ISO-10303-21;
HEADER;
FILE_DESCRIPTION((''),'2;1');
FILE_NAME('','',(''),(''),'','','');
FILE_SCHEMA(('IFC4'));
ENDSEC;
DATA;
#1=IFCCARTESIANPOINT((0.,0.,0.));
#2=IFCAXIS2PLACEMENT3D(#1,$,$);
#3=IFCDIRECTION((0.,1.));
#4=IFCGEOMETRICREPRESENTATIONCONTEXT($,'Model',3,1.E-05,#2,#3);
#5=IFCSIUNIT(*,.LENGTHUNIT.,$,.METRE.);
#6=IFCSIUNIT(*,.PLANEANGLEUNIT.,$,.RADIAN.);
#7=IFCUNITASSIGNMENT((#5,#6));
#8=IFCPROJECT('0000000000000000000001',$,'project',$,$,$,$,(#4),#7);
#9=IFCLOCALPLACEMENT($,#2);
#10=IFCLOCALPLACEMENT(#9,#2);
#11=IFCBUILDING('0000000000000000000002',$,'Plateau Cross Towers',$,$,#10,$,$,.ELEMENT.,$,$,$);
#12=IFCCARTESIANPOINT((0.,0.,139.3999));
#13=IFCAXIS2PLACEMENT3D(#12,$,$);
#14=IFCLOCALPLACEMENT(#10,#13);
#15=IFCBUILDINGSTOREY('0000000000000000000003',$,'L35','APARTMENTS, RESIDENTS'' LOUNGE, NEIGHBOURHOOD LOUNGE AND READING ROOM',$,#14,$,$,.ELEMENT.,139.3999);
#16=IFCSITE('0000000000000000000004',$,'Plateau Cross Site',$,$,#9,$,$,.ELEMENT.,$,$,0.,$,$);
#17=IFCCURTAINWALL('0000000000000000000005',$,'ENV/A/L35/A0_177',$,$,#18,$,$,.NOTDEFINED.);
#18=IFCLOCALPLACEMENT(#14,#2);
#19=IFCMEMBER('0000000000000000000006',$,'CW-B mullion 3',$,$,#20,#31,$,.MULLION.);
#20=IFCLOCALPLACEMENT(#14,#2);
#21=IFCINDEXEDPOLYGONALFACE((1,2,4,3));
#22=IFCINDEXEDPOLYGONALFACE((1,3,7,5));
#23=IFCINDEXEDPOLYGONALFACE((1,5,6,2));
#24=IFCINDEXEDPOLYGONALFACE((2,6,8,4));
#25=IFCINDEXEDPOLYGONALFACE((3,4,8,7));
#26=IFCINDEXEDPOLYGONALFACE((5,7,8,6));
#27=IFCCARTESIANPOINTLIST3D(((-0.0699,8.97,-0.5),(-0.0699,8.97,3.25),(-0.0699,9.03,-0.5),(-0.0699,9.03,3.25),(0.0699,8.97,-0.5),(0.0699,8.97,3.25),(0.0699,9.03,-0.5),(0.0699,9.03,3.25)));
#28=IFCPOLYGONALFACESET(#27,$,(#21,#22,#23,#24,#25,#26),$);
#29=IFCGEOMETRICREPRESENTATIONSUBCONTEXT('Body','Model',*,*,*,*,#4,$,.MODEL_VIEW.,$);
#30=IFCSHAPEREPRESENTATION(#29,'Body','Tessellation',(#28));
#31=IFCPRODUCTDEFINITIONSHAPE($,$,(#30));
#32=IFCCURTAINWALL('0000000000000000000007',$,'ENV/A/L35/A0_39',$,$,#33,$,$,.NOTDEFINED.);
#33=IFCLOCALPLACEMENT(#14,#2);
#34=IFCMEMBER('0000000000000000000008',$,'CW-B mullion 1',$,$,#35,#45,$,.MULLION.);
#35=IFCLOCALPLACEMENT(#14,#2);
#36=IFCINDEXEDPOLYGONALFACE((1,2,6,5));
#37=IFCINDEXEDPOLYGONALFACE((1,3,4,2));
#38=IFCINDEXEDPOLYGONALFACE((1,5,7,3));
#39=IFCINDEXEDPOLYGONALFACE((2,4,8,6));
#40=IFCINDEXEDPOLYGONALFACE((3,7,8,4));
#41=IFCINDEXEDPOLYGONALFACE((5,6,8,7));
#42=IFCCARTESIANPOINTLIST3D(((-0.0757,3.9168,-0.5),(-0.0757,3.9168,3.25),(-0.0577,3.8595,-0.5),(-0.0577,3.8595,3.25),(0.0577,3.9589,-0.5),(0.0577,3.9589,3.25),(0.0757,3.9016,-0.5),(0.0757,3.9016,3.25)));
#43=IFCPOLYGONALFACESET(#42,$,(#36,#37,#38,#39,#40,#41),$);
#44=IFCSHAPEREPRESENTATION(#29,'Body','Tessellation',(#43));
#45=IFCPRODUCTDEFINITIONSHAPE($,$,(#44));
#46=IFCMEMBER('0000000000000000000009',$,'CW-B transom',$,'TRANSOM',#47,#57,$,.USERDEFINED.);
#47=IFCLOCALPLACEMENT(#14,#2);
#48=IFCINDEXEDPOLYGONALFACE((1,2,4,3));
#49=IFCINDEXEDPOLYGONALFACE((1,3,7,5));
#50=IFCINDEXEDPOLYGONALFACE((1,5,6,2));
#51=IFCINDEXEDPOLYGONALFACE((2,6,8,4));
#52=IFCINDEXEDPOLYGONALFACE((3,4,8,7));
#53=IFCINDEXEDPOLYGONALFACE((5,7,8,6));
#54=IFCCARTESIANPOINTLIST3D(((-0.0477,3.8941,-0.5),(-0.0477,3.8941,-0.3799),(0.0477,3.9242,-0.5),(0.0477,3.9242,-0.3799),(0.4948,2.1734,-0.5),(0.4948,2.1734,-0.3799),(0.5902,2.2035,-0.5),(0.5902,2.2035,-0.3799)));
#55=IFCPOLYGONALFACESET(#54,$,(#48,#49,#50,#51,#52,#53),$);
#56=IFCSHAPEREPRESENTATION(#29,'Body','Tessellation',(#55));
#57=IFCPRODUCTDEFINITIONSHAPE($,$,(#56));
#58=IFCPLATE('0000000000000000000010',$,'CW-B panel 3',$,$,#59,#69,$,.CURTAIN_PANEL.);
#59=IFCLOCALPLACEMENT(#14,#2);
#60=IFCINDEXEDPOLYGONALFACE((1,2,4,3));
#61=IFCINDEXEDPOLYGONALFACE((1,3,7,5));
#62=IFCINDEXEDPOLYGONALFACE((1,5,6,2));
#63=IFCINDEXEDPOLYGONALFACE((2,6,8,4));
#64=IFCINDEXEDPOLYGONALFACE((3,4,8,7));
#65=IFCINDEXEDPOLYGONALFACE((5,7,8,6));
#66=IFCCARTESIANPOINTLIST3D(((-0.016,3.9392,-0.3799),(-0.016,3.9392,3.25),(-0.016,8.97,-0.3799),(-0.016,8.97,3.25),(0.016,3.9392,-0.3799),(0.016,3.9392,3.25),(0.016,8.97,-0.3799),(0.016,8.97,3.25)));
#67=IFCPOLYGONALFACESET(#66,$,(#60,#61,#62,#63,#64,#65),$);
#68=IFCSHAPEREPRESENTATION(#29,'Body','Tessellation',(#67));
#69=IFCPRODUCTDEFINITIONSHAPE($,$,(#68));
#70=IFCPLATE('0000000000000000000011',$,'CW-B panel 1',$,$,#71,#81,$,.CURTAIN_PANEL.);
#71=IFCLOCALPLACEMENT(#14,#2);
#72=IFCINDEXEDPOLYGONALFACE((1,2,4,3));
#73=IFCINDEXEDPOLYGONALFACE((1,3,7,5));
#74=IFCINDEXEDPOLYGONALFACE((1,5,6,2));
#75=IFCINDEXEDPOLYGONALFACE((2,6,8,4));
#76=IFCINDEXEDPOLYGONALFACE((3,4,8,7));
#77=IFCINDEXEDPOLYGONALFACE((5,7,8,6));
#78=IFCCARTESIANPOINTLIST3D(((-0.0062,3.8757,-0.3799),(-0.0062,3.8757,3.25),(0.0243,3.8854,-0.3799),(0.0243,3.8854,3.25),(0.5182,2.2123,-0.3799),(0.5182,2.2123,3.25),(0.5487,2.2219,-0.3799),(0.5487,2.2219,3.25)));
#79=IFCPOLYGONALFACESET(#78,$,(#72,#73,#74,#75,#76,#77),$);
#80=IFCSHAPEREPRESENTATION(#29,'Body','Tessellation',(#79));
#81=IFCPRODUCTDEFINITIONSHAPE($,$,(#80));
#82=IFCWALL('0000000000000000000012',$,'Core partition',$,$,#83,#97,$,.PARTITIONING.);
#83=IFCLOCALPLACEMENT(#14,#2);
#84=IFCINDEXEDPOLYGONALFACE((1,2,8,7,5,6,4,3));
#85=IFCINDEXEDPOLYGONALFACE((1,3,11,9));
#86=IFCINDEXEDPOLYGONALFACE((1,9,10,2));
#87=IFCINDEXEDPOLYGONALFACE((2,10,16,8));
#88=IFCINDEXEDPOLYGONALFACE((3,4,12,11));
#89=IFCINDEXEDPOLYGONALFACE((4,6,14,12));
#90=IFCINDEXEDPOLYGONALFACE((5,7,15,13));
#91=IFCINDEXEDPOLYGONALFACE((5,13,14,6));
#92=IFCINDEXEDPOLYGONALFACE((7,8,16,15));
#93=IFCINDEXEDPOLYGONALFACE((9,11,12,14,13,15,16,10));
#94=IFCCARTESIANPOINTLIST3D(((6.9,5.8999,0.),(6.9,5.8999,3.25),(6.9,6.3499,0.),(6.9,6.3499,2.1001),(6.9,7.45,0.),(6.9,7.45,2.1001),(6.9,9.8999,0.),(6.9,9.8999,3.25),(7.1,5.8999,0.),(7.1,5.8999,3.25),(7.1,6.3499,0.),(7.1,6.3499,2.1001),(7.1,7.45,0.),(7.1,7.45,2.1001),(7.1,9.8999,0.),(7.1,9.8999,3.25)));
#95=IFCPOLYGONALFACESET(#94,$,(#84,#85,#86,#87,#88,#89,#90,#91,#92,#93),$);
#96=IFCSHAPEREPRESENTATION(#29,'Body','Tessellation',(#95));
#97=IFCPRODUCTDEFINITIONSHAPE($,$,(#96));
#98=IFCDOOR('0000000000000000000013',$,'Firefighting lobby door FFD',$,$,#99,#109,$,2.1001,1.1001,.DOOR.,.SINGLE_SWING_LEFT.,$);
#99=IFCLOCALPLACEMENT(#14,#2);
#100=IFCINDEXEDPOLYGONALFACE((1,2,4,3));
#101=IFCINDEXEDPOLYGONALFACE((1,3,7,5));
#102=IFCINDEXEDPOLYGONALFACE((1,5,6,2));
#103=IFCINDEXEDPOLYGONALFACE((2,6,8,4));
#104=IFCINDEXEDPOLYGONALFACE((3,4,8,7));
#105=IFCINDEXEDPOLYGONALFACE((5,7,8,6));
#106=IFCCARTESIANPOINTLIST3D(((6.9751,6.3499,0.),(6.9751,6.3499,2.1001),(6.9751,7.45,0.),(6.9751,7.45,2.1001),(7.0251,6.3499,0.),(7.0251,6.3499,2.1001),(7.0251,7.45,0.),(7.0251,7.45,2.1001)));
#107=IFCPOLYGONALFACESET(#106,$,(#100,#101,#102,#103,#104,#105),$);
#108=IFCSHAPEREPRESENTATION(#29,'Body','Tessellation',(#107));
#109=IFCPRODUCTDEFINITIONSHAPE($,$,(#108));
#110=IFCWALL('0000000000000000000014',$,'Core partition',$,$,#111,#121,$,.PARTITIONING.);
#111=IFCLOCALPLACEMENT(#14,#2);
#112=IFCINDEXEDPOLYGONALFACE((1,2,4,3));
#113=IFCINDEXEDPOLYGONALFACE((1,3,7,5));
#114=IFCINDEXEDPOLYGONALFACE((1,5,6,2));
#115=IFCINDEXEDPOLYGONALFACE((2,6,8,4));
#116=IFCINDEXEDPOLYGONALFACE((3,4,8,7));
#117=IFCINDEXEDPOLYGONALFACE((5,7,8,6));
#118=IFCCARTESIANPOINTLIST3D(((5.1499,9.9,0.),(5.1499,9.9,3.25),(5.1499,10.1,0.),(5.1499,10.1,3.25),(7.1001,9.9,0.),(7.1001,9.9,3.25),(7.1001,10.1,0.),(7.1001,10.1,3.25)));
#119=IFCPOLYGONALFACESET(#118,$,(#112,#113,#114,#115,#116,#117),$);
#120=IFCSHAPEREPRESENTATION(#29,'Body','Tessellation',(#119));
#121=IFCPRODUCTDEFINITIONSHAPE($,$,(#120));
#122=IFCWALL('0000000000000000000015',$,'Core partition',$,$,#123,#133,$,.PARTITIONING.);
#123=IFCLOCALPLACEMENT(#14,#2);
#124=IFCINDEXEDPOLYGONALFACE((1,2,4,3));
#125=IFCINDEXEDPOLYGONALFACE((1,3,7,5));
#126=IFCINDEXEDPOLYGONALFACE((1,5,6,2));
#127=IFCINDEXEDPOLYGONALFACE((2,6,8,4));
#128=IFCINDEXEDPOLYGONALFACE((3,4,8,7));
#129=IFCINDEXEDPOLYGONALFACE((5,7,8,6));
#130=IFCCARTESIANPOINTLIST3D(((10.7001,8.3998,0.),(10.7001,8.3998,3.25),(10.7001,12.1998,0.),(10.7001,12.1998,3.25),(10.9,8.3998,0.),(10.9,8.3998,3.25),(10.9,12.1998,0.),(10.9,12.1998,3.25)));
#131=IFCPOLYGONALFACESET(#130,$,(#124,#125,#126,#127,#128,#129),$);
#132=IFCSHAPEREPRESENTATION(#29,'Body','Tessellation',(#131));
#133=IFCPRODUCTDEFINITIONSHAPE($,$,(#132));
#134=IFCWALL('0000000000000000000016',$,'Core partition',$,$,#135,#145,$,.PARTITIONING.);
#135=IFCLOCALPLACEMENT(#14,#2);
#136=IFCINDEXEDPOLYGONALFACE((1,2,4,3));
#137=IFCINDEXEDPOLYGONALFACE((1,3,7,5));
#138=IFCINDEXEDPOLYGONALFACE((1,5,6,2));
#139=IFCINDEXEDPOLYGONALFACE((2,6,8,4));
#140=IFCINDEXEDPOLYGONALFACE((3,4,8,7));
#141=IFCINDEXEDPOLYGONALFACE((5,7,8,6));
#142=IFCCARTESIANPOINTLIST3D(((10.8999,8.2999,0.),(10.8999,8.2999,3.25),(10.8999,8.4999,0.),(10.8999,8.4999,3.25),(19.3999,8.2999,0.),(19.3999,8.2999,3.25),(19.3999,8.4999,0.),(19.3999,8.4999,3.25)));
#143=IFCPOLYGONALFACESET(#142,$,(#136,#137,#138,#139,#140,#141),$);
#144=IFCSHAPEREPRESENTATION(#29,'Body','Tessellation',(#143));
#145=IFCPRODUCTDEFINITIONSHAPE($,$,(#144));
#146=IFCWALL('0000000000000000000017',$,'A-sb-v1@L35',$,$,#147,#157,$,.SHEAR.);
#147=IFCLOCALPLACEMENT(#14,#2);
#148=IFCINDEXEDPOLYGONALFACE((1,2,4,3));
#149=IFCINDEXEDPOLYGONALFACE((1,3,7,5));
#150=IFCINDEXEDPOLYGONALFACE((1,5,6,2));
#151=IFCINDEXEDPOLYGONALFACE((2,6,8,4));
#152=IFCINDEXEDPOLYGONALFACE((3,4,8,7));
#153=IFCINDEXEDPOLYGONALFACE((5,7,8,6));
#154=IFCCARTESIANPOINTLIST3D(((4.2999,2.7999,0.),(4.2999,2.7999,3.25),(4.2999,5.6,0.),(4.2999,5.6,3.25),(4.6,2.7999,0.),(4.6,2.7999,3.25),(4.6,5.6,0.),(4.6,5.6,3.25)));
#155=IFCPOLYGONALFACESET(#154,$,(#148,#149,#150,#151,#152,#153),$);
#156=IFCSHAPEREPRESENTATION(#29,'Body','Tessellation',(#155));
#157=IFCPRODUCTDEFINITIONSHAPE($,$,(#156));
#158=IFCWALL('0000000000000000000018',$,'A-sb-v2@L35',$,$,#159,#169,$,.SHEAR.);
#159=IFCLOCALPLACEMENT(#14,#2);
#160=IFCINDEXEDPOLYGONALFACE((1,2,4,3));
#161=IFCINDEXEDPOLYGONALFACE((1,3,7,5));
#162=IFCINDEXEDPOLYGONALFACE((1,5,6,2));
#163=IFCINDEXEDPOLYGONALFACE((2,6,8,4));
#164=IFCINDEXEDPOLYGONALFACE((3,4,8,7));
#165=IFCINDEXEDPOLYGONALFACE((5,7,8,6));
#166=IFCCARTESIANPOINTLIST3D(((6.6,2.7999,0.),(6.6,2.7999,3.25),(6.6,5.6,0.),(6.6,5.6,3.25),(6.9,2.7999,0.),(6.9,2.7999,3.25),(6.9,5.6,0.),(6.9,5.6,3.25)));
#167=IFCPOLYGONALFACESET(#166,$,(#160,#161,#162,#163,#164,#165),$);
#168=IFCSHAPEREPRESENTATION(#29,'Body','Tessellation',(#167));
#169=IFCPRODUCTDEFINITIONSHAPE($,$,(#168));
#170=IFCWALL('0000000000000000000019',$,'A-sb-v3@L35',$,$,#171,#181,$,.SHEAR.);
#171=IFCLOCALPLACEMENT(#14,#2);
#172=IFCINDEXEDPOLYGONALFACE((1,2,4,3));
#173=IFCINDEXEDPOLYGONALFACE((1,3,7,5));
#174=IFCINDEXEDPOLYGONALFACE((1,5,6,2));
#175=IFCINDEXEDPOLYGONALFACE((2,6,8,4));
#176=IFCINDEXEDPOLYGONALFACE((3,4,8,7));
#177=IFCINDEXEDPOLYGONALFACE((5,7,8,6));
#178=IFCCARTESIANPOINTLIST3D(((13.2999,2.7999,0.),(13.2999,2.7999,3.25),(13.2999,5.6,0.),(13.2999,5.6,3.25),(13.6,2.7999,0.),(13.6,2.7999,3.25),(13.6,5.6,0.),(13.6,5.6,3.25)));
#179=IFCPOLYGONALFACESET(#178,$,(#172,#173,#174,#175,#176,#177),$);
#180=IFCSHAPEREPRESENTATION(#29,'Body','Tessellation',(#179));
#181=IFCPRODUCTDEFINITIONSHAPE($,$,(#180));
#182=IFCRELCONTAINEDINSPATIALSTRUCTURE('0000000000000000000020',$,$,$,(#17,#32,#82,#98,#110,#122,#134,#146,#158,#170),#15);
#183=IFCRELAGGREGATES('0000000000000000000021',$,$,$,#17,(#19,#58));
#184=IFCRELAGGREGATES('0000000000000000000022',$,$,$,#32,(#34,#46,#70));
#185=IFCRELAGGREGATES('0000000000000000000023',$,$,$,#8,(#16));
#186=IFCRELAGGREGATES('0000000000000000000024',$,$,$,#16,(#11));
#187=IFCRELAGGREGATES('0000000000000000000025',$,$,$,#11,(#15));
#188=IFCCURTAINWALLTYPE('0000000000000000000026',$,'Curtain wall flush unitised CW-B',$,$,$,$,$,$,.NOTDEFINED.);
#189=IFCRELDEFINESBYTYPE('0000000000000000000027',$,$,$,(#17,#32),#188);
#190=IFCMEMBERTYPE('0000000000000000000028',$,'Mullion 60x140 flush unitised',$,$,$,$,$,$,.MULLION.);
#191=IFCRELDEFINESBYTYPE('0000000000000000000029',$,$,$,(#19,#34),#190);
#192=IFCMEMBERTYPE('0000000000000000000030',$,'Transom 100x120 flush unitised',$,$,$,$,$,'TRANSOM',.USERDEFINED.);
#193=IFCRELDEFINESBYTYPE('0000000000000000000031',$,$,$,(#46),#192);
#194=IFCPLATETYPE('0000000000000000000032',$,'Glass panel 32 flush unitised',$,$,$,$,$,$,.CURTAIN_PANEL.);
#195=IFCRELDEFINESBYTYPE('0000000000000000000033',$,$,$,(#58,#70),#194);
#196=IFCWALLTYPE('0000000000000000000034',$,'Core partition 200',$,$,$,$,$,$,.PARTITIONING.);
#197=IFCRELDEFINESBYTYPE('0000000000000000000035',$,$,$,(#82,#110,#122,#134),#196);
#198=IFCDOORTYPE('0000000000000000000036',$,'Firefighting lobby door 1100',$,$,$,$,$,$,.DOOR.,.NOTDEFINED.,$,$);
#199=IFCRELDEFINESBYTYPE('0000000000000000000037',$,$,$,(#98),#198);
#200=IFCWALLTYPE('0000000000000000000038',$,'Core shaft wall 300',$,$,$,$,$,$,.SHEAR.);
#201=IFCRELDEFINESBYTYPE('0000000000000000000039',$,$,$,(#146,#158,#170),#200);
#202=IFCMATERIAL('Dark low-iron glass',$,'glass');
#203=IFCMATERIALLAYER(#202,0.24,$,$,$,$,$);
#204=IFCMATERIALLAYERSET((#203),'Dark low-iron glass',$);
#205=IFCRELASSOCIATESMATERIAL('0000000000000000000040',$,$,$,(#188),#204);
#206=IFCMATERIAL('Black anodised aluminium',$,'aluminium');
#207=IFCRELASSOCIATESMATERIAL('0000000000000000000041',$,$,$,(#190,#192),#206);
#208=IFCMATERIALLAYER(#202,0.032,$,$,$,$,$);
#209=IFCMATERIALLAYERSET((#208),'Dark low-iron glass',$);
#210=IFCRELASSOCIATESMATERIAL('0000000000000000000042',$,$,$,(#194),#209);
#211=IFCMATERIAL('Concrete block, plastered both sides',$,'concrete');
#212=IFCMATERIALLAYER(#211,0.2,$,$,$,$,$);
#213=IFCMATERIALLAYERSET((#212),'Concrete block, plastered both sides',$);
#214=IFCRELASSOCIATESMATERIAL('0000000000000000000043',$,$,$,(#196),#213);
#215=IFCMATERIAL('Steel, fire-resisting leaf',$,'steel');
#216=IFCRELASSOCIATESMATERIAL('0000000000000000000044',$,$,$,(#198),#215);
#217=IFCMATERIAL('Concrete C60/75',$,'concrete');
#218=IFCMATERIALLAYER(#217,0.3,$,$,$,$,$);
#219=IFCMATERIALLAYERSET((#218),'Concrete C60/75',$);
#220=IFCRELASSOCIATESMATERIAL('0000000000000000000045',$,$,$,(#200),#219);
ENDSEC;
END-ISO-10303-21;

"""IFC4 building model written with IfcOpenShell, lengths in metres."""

from ifc_helpers import new_model, si_unit, direction, frame, frame_2d, origin, origin_2d, place, context, subcontext, project, spatial, rectangle, extrude, material, layer, layer_set, material_profile, profile_set, type_object, element, fill, aggregate, save


model = new_model("IFC4")

# Units and contexts
model_context = context("Model", 3, precision=1e-05, world=origin(), true_north=direction((0.0, 1.0)))
body_context = subcontext(model_context, "Body", "Model", "MODEL_VIEW")
ifc_project = project(units=[si_unit("LENGTHUNIT", "METRE"), si_unit("PLANEANGLEUNIT", "RADIAN")], contexts=[model_context])

# Site, building, storey
site_placement = place(None, origin())
site = spatial("IfcSite", under=ifc_project, at=site_placement, Name="Plateau Cross Site", CompositionType="ELEMENT", RefElevation=0.0)
building_placement = place(site_placement, origin())
building = spatial("IfcBuilding", under=site, at=building_placement, Name="Plateau Cross Towers", CompositionType="ELEMENT")
storey_placement = place(building_placement, frame((0.0, 0.0, 139.3999)))
storey = spatial("IfcBuildingStorey", under=building, at=storey_placement, Name="L35", Description="APARTMENTS, RESIDENTS' LOUNGE, NEIGHBOURHOOD LOUNGE AND READING ROOM", CompositionType="ELEMENT", Elevation=139.3999)

# Curtain wall, member
ifc_material_1 = material(Name="Dark low-iron glass", Category="glass")
ifc_layer_1 = layer(ifc_material_1, 0.24)
ifc_layer_set_1 = layer_set([ifc_layer_1], Name="Dark low-iron glass")
curtain_wall_type = type_object("IfcCurtainWallType", Name="Curtain wall flush unitised CW-B", PredefinedType="NOTDEFINED", material=ifc_layer_set_1)
curtain_wall_1_placement = place(storey_placement, origin())
curtain_wall_1 = element("IfcCurtainWall", 1, at=curtain_wall_1_placement, inside=storey, type_object=curtain_wall_type, Name="ENV/A/L35/A0_177", PredefinedType="NOTDEFINED")
ifc_material_2 = material(Name="Black anodised aluminium", Category="aluminium")
ifc_material_profile_1 = material_profile(ifc_material_2, rectangle(XDim=0.0601, YDim=0.1399, at=origin_2d()), Name="MULLION 60x140")
ifc_profile_set_1 = profile_set([ifc_material_profile_1], Name="Black anodised aluminium")
member_type_1 = type_object("IfcMemberType", Name="Mullion 60x140 flush unitised", PredefinedType="MULLION", material=ifc_profile_set_1)
member_1_placement = place(storey_placement, frame((0.0, 9.0, -0.5), z_axis=(0.0, 0.0, 1.0), x_axis=(0.0, -1.0, 0.0)))
member_1 = element("IfcMember", 2, at=member_1_placement, type_object=member_type_1, Name="CW-B mullion 3", PredefinedType="MULLION", context=body_context, shape_type="SweptSolid", body=[
    extrude(rectangle(XDim=0.0601, YDim=0.1399, at=origin_2d()), origin(), (0.0, 0.0, 1.0), 3.75),
])

# Curtain wall, members
curtain_wall_2_placement = place(storey_placement, origin())
curtain_wall_2 = element("IfcCurtainWall", 3, at=curtain_wall_2_placement, inside=storey, type_object=curtain_wall_type, Name="ENV/A/L35/A0_39", PredefinedType="NOTDEFINED")
member_2_placement = place(storey_placement, frame((0.0, 3.9092, -0.5), z_axis=(0.0, 0.0, 1.0), x_axis=(0.300686, -0.953723, 0.0)))
member_2 = element("IfcMember", 4, at=member_2_placement, type_object=member_type_1, Name="CW-B mullion 1", PredefinedType="MULLION", context=body_context, shape_type="SweptSolid", body=[
    extrude(rectangle(XDim=0.0601, YDim=0.1399, at=origin_2d()), origin(), (0.0, 0.0, 1.0), 3.75),
])
ifc_material_profile_2 = material_profile(ifc_material_2, rectangle(XDim=0.1001, YDim=0.1201, at=origin_2d()), Name="TRANSOM 100x120")
ifc_profile_set_2 = profile_set([ifc_material_profile_2], Name="Black anodised aluminium")
member_type_2 = type_object("IfcMemberType", Name="Transom 100x120 flush unitised", ElementType="TRANSOM", PredefinedType="USERDEFINED", material=ifc_profile_set_2)
member_3_placement = place(storey_placement, frame((0.0, 3.9092, -0.4399), z_axis=(0.300678, -0.953726, 0.0), x_axis=(0.953726, 0.300678, 0.0)))
member_3 = element("IfcMember", 5, at=member_3_placement, type_object=member_type_2, Name="CW-B transom", ObjectType="TRANSOM", PredefinedType="USERDEFINED", context=body_context, shape_type="SweptSolid", body=[
    extrude(rectangle(XDim=0.1001, YDim=0.1201, at=origin_2d()), origin(), (0.0, 0.0, 1.0), 1.8042),
])

# Plates
ifc_layer_2 = layer(ifc_material_1, 0.032)
ifc_layer_set_2 = layer_set([ifc_layer_2], Name="Dark low-iron glass")
plate_type = type_object("IfcPlateType", Name="Glass panel 32 flush unitised", PredefinedType="CURTAIN_PANEL", material=ifc_layer_set_2)
plate_1_placement = place(storey_placement, frame((0.0, 6.4546, -0.3799), z_axis=(0.0, 0.0, 1.0), x_axis=(0.0, -1.0, 0.0)))
plate_1 = element("IfcPlate", 6, at=plate_1_placement, type_object=plate_type, Name="CW-B panel 3", PredefinedType="CURTAIN_PANEL", context=body_context, shape_type="SweptSolid", body=[
    extrude(rectangle(XDim=5.0308, YDim=0.032, at=origin_2d()), origin(), (0.0, 0.0, 1.0), 3.6299),
])
aggregate(curtain_wall_1, [member_1, plate_1])
plate_2_placement = place(storey_placement, frame((0.2712, 3.0488, -0.3799), z_axis=(0.0, 0.0, 1.0), x_axis=(0.300686, -0.953723, 0.0)))
plate_2 = element("IfcPlate", 7, at=plate_2_placement, type_object=plate_type, Name="CW-B panel 1", PredefinedType="CURTAIN_PANEL", context=body_context, shape_type="SweptSolid", body=[
    extrude(rectangle(XDim=1.7441, YDim=0.032, at=origin_2d()), origin(), (0.0, 0.0, 1.0), 3.6299),
])
aggregate(curtain_wall_2, [member_2, member_3, plate_2])

# Wall, opening, door
ifc_material_3 = material(Name="Concrete block, plastered both sides", Category="concrete")
ifc_layer_3 = layer(ifc_material_3, 0.2)
ifc_layer_set_3 = layer_set([ifc_layer_3], Name="Concrete block, plastered both sides")
wall_type_1 = type_object("IfcWallType", Name="Core partition 200", PredefinedType="PARTITIONING", material=ifc_layer_set_3)
wall_1_placement = place(storey_placement, frame((7.0, 5.8999, 0.0), z_axis=(0.0, 0.0, 1.0), x_axis=(0.0, 1.0, 0.0)))
wall_1 = element("IfcWall", 8, at=wall_1_placement, inside=storey, type_object=wall_type_1, Name="Core partition", PredefinedType="PARTITIONING", context=body_context, shape_type="SweptSolid", body=[
    extrude(rectangle(XDim=4.0, YDim=0.2, at=frame_2d((2.0, 0.0))), origin(), (0.0, 0.0, 1.0), 3.25),
])
opening_1_placement = place(wall_1_placement, frame((0.45, 0.0, 0.0)))
opening_1 = element("IfcOpeningElement", 9, at=opening_1_placement, cuts=wall_1, PredefinedType="OPENING", context=body_context, shape_type="SweptSolid", body=[
    extrude(rectangle(XDim=1.1001, YDim=2.1001, at=frame_2d((0.55, 1.05))), frame((0.0, 0.1099, 0.0), z_axis=(0.0, -1.0, 0.0), x_axis=(1.0, 0.0, 0.0)), (0.0, 0.0, 1.0), 0.22),
])
ifc_material_4 = material(Name="Steel, fire-resisting leaf", Category="steel")
door_type_1 = type_object("IfcDoorType", Name="Firefighting lobby door 1100", OperationType="NOTDEFINED", PredefinedType="DOOR", material=ifc_material_4)
door_1_placement = place(opening_1_placement, origin())
door_1 = element("IfcDoor", 10, at=door_1_placement, inside=storey, type_object=door_type_1, Name="Firefighting lobby door FFD", OperationType="SINGLE_SWING_LEFT", OverallHeight=2.1001, OverallWidth=1.1001, PredefinedType="DOOR", context=body_context, shape_type="SweptSolid", body=[
    extrude(rectangle(XDim=1.1001, YDim=2.1001, at=frame_2d((0.55, 1.05))), frame((0.0, 0.0249, 0.0), z_axis=(0.0, -1.0, 0.0), x_axis=(1.0, 0.0, 0.0)), (0.0, 0.0, 1.0), 0.05),
])
fill(opening_1, door_1)

# Walls
wall_2_placement = place(storey_placement, frame((5.1499, 10.0, 0.0), z_axis=(0.0, 0.0, 1.0), x_axis=(1.0, 0.0, 0.0)))
element("IfcWall", 11, at=wall_2_placement, inside=storey, type_object=wall_type_1, Name="Core partition", PredefinedType="PARTITIONING", context=body_context, shape_type="SweptSolid", body=[
    extrude(rectangle(XDim=1.9502, YDim=0.2, at=frame_2d((0.9751, 0.0))), origin(), (0.0, 0.0, 1.0), 3.25),
])
wall_3_placement = place(storey_placement, frame((10.8, 8.3999, 0.0), z_axis=(0.0, 0.0, 1.0), x_axis=(0.0, 1.0, 0.0)))
element("IfcWall", 12, at=wall_3_placement, inside=storey, type_object=wall_type_1, Name="Core partition", PredefinedType="PARTITIONING", context=body_context, shape_type="SweptSolid", body=[
    extrude(rectangle(XDim=3.8, YDim=0.2, at=frame_2d((1.8999, 0.0))), origin(), (0.0, 0.0, 1.0), 3.25),
])
wall_4_placement = place(storey_placement, frame((10.8999, 8.3999, 0.0), z_axis=(0.0, 0.0, 1.0), x_axis=(1.0, 0.0, 0.0)))
element("IfcWall", 13, at=wall_4_placement, inside=storey, type_object=wall_type_1, Name="Core partition", PredefinedType="PARTITIONING", context=body_context, shape_type="SweptSolid", body=[
    extrude(rectangle(XDim=8.5, YDim=0.2, at=frame_2d((4.25, 0.0))), origin(), (0.0, 0.0, 1.0), 3.25),
])
ifc_material_5 = material(Name="Concrete C60/75", Category="concrete")
ifc_layer_4 = layer(ifc_material_5, 0.3)
ifc_layer_set_4 = layer_set([ifc_layer_4], Name="Concrete C60/75")
wall_type_2 = type_object("IfcWallType", Name="Core shaft wall 300", PredefinedType="SHEAR", material=ifc_layer_set_4)
for number, where, z_axis, x_axis, name in (
    (14, (4.45, 2.8, 0.0), (0.0, 0.0, 1.0), (0.0, 1.0, 0.0), "A-sb-v1@L35"),
    (15, (6.75, 2.8, 0.0), (0.0, 0.0, 1.0), (0.0, 1.0, 0.0), "A-sb-v2@L35"),
    (16, (13.45, 2.8, 0.0), (0.0, 0.0, 1.0), (0.0, 1.0, 0.0), "A-sb-v3@L35"),
):
    element("IfcWall", number, at=place(storey_placement, frame(where, z_axis=z_axis, x_axis=x_axis)), inside=storey, type_object=wall_type_2, Name=name, PredefinedType="SHEAR", context=body_context, shape_type="SweptSolid", body=[
        extrude(rectangle(XDim=2.8, YDim=0.3, at=frame_2d((1.3999, 0.0))), origin(), (0.0, 0.0, 1.0), 3.25),
    ])

save(model, "model.ifc")
